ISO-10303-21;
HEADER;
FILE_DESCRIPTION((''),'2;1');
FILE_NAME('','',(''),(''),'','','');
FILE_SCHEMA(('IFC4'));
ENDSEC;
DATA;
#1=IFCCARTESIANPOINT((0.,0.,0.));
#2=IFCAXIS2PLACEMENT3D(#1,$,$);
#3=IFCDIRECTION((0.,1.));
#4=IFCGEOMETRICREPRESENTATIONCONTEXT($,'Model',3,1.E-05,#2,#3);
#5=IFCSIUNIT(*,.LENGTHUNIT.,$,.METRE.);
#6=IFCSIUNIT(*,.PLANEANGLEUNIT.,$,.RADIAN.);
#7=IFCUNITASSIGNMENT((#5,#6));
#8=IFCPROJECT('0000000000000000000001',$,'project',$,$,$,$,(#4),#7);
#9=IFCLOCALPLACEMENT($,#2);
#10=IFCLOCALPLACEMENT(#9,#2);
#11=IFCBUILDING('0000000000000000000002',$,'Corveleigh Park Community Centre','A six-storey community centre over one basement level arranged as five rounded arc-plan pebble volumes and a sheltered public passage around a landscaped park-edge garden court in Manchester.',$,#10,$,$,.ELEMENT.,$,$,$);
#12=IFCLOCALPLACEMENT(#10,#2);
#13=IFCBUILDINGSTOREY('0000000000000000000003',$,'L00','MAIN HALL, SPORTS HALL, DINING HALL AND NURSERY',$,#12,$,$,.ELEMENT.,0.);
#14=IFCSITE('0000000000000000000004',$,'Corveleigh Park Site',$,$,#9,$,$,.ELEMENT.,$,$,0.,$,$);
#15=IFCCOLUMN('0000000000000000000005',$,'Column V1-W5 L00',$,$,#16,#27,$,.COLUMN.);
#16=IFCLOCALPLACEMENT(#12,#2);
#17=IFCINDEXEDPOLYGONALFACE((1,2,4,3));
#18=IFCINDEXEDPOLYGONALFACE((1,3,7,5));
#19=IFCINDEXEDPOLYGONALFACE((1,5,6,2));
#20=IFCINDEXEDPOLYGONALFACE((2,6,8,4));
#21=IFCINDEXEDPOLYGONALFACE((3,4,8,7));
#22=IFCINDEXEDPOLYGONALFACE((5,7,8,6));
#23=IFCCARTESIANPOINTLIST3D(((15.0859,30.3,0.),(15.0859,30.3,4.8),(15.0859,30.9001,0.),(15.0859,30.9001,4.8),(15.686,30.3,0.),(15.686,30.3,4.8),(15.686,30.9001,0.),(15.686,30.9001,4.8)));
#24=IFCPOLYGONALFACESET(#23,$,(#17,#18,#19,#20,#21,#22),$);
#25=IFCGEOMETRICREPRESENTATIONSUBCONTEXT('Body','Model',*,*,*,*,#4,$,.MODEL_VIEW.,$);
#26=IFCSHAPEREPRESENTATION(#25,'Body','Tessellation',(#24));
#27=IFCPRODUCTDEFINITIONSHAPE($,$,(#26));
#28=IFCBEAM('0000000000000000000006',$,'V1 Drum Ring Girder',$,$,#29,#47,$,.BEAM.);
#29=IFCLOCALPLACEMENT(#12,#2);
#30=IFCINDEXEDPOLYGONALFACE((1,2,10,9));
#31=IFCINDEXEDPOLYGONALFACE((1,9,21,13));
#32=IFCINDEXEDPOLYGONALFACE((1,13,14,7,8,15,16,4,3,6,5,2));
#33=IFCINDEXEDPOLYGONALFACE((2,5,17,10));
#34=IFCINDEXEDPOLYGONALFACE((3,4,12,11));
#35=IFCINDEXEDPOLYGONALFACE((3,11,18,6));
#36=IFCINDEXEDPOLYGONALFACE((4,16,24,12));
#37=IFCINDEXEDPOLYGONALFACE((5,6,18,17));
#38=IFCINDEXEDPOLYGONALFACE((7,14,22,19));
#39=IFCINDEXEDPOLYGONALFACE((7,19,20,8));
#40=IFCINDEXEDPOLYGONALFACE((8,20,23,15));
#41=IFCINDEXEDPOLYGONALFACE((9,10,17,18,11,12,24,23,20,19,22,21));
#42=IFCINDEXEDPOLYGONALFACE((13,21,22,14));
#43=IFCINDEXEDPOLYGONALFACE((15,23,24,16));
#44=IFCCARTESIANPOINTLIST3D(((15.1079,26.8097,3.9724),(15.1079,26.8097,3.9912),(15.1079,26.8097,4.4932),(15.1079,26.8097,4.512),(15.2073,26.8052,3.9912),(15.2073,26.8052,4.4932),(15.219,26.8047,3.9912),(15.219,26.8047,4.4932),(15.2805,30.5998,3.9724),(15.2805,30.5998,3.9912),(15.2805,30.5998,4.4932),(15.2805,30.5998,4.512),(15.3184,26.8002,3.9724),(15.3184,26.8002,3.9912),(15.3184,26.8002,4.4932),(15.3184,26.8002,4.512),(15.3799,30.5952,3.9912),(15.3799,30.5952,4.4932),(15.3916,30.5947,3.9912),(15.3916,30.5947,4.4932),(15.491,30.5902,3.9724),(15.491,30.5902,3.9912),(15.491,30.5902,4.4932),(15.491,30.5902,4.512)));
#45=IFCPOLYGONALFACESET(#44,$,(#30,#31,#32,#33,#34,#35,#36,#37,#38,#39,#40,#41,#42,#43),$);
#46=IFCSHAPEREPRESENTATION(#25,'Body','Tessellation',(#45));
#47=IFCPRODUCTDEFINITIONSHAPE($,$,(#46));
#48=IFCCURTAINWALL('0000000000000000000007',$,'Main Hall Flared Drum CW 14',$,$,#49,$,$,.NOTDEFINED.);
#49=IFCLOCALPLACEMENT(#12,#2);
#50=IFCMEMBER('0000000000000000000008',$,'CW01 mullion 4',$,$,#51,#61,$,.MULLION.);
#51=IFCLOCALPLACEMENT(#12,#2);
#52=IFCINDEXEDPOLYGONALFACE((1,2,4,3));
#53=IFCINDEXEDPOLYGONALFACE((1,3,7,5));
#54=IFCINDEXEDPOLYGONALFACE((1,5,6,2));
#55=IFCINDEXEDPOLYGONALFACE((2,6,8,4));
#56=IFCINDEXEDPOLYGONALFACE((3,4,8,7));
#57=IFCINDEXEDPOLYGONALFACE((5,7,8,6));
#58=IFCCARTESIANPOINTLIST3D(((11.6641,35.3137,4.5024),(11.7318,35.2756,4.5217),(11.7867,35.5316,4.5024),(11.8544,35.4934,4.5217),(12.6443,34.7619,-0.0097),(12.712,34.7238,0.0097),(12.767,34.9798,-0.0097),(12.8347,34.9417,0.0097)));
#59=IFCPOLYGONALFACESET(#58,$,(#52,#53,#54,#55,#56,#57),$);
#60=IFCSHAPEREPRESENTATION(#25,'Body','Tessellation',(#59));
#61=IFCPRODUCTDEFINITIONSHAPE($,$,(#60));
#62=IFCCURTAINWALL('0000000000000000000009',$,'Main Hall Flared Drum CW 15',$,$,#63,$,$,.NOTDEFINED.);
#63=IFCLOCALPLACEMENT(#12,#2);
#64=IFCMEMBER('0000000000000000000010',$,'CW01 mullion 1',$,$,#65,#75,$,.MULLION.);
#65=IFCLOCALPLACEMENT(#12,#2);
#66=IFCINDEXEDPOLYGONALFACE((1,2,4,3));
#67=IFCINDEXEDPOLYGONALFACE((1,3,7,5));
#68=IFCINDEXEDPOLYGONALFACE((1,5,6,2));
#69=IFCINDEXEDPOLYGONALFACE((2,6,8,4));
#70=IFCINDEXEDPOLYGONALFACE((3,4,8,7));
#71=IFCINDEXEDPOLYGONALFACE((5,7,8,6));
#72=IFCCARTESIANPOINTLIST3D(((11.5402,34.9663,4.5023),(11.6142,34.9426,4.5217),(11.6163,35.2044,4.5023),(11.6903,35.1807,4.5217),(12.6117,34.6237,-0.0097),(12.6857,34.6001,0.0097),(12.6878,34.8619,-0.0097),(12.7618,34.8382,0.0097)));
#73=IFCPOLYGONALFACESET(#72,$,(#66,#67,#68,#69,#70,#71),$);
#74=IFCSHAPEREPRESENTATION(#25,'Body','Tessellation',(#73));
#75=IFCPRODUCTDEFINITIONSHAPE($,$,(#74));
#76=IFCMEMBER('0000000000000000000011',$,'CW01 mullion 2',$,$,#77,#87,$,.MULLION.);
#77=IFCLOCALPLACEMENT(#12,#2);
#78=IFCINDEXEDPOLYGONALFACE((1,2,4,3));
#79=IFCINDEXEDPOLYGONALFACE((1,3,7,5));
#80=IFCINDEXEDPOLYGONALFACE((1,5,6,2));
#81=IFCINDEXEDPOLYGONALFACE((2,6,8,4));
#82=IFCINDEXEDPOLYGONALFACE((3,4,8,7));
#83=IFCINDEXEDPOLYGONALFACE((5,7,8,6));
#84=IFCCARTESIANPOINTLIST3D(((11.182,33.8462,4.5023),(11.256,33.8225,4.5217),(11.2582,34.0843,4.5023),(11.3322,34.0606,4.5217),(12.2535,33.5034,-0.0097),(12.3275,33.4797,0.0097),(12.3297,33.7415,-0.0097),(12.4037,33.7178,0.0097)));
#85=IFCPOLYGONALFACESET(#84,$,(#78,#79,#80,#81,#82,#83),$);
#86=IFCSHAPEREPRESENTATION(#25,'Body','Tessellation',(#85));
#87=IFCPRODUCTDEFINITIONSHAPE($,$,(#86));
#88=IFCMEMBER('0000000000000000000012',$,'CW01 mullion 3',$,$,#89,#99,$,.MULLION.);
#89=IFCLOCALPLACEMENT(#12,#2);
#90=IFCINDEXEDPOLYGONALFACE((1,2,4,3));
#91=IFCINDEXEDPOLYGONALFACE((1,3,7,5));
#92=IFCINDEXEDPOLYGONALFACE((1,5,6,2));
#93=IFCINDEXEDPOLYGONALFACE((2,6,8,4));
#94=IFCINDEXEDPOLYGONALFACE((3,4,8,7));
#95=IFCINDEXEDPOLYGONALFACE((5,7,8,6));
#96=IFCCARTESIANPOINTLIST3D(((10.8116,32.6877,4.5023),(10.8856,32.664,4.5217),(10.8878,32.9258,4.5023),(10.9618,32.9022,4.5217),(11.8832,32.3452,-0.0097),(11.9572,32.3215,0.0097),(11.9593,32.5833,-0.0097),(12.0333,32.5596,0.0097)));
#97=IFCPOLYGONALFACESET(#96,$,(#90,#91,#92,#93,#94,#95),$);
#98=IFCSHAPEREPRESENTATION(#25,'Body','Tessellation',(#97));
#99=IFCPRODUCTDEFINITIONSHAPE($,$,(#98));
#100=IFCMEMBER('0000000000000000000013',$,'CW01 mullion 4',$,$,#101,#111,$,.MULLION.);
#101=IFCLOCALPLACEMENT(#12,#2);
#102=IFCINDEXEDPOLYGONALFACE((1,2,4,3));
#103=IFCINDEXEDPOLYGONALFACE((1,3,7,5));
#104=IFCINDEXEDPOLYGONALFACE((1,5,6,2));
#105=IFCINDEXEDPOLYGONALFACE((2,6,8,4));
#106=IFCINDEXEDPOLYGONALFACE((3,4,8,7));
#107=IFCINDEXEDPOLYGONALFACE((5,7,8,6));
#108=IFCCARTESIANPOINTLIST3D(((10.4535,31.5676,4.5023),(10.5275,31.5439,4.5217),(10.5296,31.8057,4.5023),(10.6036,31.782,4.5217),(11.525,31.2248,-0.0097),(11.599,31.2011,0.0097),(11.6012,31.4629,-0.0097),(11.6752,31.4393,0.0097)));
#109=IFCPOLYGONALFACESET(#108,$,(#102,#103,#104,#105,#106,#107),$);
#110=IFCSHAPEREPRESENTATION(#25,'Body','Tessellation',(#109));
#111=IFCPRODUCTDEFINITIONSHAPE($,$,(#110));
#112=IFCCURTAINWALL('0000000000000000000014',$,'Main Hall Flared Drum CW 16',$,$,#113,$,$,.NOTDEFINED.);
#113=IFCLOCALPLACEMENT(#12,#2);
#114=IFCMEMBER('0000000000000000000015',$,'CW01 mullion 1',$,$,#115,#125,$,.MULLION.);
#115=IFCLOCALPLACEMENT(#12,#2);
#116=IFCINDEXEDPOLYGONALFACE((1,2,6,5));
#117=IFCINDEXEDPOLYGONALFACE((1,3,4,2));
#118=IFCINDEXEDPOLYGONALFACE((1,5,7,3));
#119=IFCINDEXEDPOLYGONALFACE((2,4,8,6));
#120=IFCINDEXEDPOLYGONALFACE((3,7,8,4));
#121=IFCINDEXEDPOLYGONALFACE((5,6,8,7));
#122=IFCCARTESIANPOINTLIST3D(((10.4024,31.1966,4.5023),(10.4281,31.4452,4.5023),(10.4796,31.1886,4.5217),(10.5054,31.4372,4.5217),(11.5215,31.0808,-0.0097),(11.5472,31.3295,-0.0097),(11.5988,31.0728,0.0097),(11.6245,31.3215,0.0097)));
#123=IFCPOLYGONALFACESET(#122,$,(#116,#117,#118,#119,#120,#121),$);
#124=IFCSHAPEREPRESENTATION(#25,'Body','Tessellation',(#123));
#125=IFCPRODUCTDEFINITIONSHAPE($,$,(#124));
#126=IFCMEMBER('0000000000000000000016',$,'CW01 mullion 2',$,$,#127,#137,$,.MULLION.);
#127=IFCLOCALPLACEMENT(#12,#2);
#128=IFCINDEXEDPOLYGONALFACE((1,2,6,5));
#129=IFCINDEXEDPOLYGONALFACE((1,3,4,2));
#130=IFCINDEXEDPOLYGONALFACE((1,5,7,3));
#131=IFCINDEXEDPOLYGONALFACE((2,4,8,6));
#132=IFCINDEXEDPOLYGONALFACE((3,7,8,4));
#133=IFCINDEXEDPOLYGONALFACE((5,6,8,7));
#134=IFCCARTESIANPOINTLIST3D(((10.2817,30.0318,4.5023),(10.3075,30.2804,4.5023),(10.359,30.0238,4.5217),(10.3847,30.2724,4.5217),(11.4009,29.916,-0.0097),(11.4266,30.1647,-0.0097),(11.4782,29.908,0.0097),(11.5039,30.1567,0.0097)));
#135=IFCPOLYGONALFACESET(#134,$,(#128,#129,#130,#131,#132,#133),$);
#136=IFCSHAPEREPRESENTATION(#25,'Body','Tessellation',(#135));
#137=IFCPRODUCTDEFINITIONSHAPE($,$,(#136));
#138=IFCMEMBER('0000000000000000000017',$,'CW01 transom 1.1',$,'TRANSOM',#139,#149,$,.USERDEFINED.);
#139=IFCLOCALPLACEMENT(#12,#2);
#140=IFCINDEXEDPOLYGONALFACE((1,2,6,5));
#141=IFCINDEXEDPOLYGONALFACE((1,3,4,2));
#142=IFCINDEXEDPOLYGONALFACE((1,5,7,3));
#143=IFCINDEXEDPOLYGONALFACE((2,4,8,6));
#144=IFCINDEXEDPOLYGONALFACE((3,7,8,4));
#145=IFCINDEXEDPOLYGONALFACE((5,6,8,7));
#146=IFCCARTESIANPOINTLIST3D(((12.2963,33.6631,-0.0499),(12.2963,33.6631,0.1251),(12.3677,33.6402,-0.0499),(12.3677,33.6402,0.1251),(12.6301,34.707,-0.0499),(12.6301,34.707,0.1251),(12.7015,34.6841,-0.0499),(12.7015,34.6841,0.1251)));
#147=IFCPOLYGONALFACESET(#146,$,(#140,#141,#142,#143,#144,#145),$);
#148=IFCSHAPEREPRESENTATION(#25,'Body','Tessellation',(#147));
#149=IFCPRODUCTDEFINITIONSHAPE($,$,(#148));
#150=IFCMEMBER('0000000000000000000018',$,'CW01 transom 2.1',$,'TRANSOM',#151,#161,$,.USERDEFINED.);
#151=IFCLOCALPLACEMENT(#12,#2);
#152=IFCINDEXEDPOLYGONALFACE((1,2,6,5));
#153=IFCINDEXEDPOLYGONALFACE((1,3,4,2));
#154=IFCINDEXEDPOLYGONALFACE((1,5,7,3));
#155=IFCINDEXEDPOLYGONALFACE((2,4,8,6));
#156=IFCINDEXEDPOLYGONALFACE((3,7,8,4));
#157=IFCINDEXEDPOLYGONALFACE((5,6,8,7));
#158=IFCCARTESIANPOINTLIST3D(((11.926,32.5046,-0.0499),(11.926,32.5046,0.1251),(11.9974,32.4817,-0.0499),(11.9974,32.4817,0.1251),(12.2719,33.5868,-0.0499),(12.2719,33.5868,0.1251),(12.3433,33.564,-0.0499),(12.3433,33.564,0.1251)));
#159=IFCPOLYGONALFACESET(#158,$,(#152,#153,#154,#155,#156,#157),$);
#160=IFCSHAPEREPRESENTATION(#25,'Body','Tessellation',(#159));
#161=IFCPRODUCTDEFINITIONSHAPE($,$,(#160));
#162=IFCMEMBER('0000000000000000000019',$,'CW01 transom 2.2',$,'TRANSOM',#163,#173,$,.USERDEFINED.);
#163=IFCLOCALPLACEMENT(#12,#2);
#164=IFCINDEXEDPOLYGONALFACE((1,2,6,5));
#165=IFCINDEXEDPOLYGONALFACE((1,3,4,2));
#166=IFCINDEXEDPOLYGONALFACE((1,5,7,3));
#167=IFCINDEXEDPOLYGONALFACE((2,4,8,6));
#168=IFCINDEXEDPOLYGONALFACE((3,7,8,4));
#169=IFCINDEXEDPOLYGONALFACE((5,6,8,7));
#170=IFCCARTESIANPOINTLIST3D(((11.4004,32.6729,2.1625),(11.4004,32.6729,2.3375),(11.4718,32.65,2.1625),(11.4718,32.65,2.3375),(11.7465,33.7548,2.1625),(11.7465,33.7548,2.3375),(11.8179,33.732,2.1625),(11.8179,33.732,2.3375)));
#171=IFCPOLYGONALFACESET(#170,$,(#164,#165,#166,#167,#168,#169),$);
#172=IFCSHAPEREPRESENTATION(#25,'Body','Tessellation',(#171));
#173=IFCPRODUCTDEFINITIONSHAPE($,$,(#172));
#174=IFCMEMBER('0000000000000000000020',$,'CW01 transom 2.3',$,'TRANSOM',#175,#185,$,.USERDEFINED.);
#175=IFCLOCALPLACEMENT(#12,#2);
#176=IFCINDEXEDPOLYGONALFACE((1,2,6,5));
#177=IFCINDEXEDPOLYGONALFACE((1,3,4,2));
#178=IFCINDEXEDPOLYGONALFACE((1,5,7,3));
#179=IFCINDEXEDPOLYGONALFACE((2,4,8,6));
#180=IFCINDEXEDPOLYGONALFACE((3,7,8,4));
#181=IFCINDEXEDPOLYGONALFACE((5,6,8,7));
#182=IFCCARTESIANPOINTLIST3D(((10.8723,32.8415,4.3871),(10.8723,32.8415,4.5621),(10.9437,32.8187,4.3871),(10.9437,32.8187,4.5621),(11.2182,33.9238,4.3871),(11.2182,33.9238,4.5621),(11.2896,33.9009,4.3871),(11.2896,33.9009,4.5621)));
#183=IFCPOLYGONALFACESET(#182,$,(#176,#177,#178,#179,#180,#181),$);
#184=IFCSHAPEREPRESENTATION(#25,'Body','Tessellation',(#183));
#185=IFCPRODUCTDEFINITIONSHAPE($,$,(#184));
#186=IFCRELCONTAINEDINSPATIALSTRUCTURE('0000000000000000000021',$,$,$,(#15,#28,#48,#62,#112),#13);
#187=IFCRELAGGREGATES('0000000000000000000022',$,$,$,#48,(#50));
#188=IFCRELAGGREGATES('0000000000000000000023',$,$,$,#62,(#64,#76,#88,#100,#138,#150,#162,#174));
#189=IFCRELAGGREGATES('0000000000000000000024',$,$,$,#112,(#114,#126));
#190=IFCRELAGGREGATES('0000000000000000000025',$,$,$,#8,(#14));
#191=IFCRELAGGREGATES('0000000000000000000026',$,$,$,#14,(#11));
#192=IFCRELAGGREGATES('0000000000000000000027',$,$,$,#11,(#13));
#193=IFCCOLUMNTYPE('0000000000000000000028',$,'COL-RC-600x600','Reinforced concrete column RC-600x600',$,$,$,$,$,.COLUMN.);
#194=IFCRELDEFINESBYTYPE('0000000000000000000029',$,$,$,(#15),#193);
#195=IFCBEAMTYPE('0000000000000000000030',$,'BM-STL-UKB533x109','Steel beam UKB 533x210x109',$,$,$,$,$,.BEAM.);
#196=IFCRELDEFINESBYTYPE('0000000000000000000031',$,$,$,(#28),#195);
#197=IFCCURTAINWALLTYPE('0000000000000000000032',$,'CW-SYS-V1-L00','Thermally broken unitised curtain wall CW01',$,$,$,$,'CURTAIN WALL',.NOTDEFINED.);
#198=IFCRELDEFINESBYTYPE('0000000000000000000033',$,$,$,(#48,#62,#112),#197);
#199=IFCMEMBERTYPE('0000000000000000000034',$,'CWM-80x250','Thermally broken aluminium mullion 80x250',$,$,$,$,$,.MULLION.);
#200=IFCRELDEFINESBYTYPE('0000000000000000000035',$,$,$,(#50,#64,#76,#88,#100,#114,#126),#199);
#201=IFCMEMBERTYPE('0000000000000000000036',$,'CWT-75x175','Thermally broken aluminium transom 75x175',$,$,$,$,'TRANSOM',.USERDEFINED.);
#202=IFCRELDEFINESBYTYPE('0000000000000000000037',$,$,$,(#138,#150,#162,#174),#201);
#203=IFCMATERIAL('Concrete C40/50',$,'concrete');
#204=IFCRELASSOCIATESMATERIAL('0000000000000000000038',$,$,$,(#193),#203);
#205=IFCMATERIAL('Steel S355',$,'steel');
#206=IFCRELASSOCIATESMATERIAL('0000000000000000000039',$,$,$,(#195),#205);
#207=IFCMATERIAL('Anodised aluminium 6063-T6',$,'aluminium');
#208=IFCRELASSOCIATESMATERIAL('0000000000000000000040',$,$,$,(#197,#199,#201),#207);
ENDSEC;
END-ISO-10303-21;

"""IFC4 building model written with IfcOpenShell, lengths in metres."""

from ifc_helpers import new_model, si_unit, direction, frame, origin, origin_2d, place, context, subcontext, project, spatial, rectangle, i_section, extrude, material, material_profile, profile_set, type_object, element, aggregate, save


model = new_model("IFC4")

# Units and contexts
model_context = context("Model", 3, precision=1e-05, world=origin(), true_north=direction((0.0, 1.0)))
body_context = subcontext(model_context, "Body", "Model", "MODEL_VIEW")
ifc_project = project(units=[si_unit("LENGTHUNIT", "METRE"), si_unit("PLANEANGLEUNIT", "RADIAN")], contexts=[model_context])

# Site, building, storey
site_placement = place(None, origin())
site = spatial("IfcSite", under=ifc_project, at=site_placement, Name="Corveleigh Park Site", CompositionType="ELEMENT", RefElevation=0.0)
building_placement = place(site_placement, origin())
building = spatial("IfcBuilding", under=site, at=building_placement, Name="Corveleigh Park Community Centre", Description="A six-storey community centre over one basement level arranged as five rounded arc-plan pebble volumes and a sheltered public passage around a landscaped park-edge garden court in Manchester.", CompositionType="ELEMENT")
storey_placement = place(building_placement, origin())
storey = spatial("IfcBuildingStorey", under=building, at=storey_placement, Name="L00", Description="MAIN HALL, SPORTS HALL, DINING HALL AND NURSERY", CompositionType="ELEMENT", Elevation=0.0)

# Column
ifc_material_1 = material(Name="Concrete C40/50", Category="concrete")
ifc_material_profile_1 = material_profile(ifc_material_1, rectangle(XDim=0.6001, YDim=0.6001, at=origin_2d()), Name="RC-600x600", Category="concrete")
ifc_profile_set_1 = profile_set([ifc_material_profile_1], Name="Concrete C40/50")
column_type = type_object("IfcColumnType", Name="COL-RC-600x600", Description="Reinforced concrete column RC-600x600", PredefinedType="COLUMN", material=ifc_profile_set_1)
column_placement = place(storey_placement, frame((15.386, 30.6001, 0.0), z_axis=(0.0, 0.0, 1.0), x_axis=(1.0, 0.0, 0.0)))
element("IfcColumn", 1, at=column_placement, inside=storey, type_object=column_type, Name="Column V1-W5 L00", PredefinedType="COLUMN", context=body_context, shape_type="SweptSolid", body=[
    extrude(rectangle(XDim=0.6001, YDim=0.6001, at=origin_2d()), origin(), (0.0, 0.0, 1.0), 4.8),
])

# Beam
ifc_material_2 = material(Name="Steel S355", Category="steel")
ifc_material_profile_2 = material_profile(ifc_material_2, i_section(OverallWidth=0.2107, OverallDepth=0.5396, WebThickness=0.0117, FlangeThickness=0.0188, at=origin_2d()), Name="UKB 533x210x109", Category="steel")
ifc_profile_set_2 = profile_set([ifc_material_profile_2], Name="Steel S355")
beam_type = type_object("IfcBeamType", Name="BM-STL-UKB533x109", Description="Steel beam UKB 533x210x109", PredefinedType="BEAM", material=ifc_profile_set_2)
beam_placement = place(storey_placement, frame((15.3857, 30.595, 4.2422), z_axis=(-0.045495, -0.998965, 0.0), x_axis=(0.998965, -0.045495, 0.0)))
element("IfcBeam", 2, at=beam_placement, inside=storey, type_object=beam_type, Name="V1 Drum Ring Girder", PredefinedType="BEAM", context=body_context, shape_type="SweptSolid", body=[
    extrude(i_section(OverallWidth=0.2107, OverallDepth=0.5396, WebThickness=0.0117, FlangeThickness=0.0188, at=origin_2d()), origin(), (0.0, 0.0, 1.0), 3.7939),
])

# Curtain wall, member
ifc_material_3 = material(Name="Anodised aluminium 6063-T6", Category="aluminium")
curtain_wall_type = type_object("IfcCurtainWallType", Name="CW-SYS-V1-L00", Description="Thermally broken unitised curtain wall CW01", ElementType="CURTAIN WALL", PredefinedType="NOTDEFINED", material=ifc_material_3)
curtain_wall_1_placement = place(storey_placement, origin())
curtain_wall_1 = element("IfcCurtainWall", 3, at=curtain_wall_1_placement, inside=storey, type_object=curtain_wall_type, Name="Main Hall Flared Drum CW 14", PredefinedType="NOTDEFINED")
ifc_material_profile_3 = material_profile(ifc_material_3, rectangle(XDim=0.0801, YDim=0.25, at=origin_2d()), Name="ALU-M80x250", Category="aluminium")
ifc_profile_set_3 = profile_set([ifc_material_profile_3], Name="Anodised aluminium 6063-T6")
member_type_1 = type_object("IfcMemberType", Name="CWM-80x250", Description="Thermally broken aluminium mullion 80x250", PredefinedType="MULLION", material=ifc_profile_set_3)
member_1_placement = place(storey_placement, frame((12.7395, 34.8518, 0.0), z_axis=(-0.210798, 0.118656, 0.970301), x_axis=(0.84555, -0.475951, 0.241899)))
member_1 = element("IfcMember", 4, at=member_1_placement, type_object=member_type_1, Name="CW01 mullion 4", PredefinedType="MULLION", context=body_context, shape_type="SweptSolid", body=[
    extrude(rectangle(XDim=0.0801, YDim=0.25, at=origin_2d()), origin(), (0.0, 0.0, 1.0), 4.6501),
])
aggregate(curtain_wall_1, [member_1])

# Curtain walls, members
curtain_wall_2_placement = place(storey_placement, origin())
curtain_wall_2 = element("IfcCurtainWall", 5, at=curtain_wall_2_placement, inside=storey, type_object=curtain_wall_type, Name="Main Hall Flared Drum CW 15", PredefinedType="NOTDEFINED")
member_2_placement = place(storey_placement, frame((12.6868, 34.731, 0.0), z_axis=(-0.230433, 0.073661, 0.970296), x_axis=(0.924224, -0.29544, 0.24192)))
member_2 = element("IfcMember", 6, at=member_2_placement, type_object=member_type_1, Name="CW01 mullion 1", PredefinedType="MULLION", context=body_context, shape_type="SweptSolid", body=[
    extrude(rectangle(XDim=0.0801, YDim=0.25, at=origin_2d()), origin(), (0.0, 0.0, 1.0), 4.6501),
])
member_3_placement = place(storey_placement, frame((12.3286, 33.6106, 0.0), z_axis=(-0.230432, 0.073713, 0.970292), x_axis=(0.924159, -0.29563, 0.241935)))
member_3 = element("IfcMember", 7, at=member_3_placement, type_object=member_type_1, Name="CW01 mullion 2", PredefinedType="MULLION", context=body_context, shape_type="SweptSolid", body=[
    extrude(rectangle(XDim=0.0801, YDim=0.25, at=origin_2d()), origin(), (0.0, 0.0, 1.0), 4.6501),
])
member_4_placement = place(storey_placement, frame((11.9583, 32.4524, 0.0), z_axis=(-0.230433, 0.073661, 0.970296), x_axis=(0.924224, -0.29544, 0.24192)))
member_4 = element("IfcMember", 8, at=member_4_placement, type_object=member_type_1, Name="CW01 mullion 3", PredefinedType="MULLION", context=body_context, shape_type="SweptSolid", body=[
    extrude(rectangle(XDim=0.0801, YDim=0.25, at=origin_2d()), origin(), (0.0, 0.0, 1.0), 4.6501),
])
member_5_placement = place(storey_placement, frame((11.6001, 31.332, 0.0), z_axis=(-0.230432, 0.073713, 0.970292), x_axis=(0.924159, -0.29563, 0.241935)))
member_5 = element("IfcMember", 9, at=member_5_placement, type_object=member_type_1, Name="CW01 mullion 4", PredefinedType="MULLION", context=body_context, shape_type="SweptSolid", body=[
    extrude(rectangle(XDim=0.0801, YDim=0.25, at=origin_2d()), origin(), (0.0, 0.0, 1.0), 4.6501),
])
curtain_wall_3_placement = place(storey_placement, origin())
curtain_wall_3 = element("IfcCurtainWall", 10, at=curtain_wall_3_placement, inside=storey, type_object=curtain_wall_type, Name="Main Hall Flared Drum CW 16", PredefinedType="NOTDEFINED")
member_6_placement = place(storey_placement, frame((11.573, 31.2012, 0.0), z_axis=(-0.240669, 0.024886, 0.970288), x_axis=(0.965142, -0.099799, 0.241952)))
member_6 = element("IfcMember", 11, at=member_6_placement, type_object=member_type_1, Name="CW01 mullion 1", PredefinedType="MULLION", context=body_context, shape_type="SweptSolid", body=[
    extrude(rectangle(XDim=0.0801, YDim=0.25, at=origin_2d()), origin(), (0.0, 0.0, 1.0), 4.6501),
])
member_7_placement = place(storey_placement, frame((11.4524, 30.0364, 0.0), z_axis=(-0.240669, 0.024886, 0.970288), x_axis=(0.965142, -0.099799, 0.241952)))
member_7 = element("IfcMember", 12, at=member_7_placement, type_object=member_type_1, Name="CW01 mullion 2", PredefinedType="MULLION", context=body_context, shape_type="SweptSolid", body=[
    extrude(rectangle(XDim=0.0801, YDim=0.25, at=origin_2d()), origin(), (0.0, 0.0, 1.0), 4.6501),
])

# Members
ifc_material_profile_4 = material_profile(ifc_material_3, rectangle(XDim=0.075, YDim=0.175, at=origin_2d()), Name="ALU-T75x175", Category="aluminium")
ifc_profile_set_4 = profile_set([ifc_material_profile_4], Name="Anodised aluminium 6063-T6")
member_type_2 = type_object("IfcMemberType", Name="CWT-75x175", Description="Thermally broken aluminium transom 75x175", ElementType="TRANSOM", PredefinedType="USERDEFINED", material=ifc_profile_set_4)
member_8_placement = place(storey_placement, frame((12.6658, 34.6956, 0.0376), z_axis=(-0.304509, -0.952509, 0.0), x_axis=(0.952509, -0.304509, 0.0)))
member_8 = element("IfcMember", 13, at=member_8_placement, type_object=member_type_2, Name="CW01 transom 1.1", ObjectType="TRANSOM", PredefinedType="USERDEFINED", context=body_context, shape_type="SweptSolid", body=[
    extrude(rectangle(XDim=0.075, YDim=0.175, at=origin_2d()), origin(), (0.0, 0.0, 1.0), 1.0959),
])
member_9_placement = place(storey_placement, frame((12.3076, 33.5754, 0.0376), z_axis=(-0.304472, -0.952521, 0.0), x_axis=(0.952521, -0.304472, 0.0)))
member_9 = element("IfcMember", 14, at=member_9_placement, type_object=member_type_2, Name="CW01 transom 2.1", ObjectType="TRANSOM", PredefinedType="USERDEFINED", context=body_context, shape_type="SweptSolid", body=[
    extrude(rectangle(XDim=0.075, YDim=0.175, at=origin_2d()), origin(), (0.0, 0.0, 1.0), 1.1362),
])
member_10_placement = place(storey_placement, frame((11.7822, 33.7434, 2.25), z_axis=(-0.304729, -0.952439, 0.0), x_axis=(0.952439, -0.304729, 0.0)))
member_10 = element("IfcMember", 15, at=member_10_placement, type_object=member_type_2, Name="CW01 transom 2.2", ObjectType="TRANSOM", PredefinedType="USERDEFINED", context=body_context, shape_type="SweptSolid", body=[
    extrude(rectangle(XDim=0.075, YDim=0.175, at=origin_2d()), origin(), (0.0, 0.0, 1.0), 1.136),
])
member_11_placement = place(storey_placement, frame((11.2539, 33.9124, 4.4746), z_axis=(-0.304472, -0.952521, 0.0), x_axis=(0.952521, -0.304472, 0.0)))
member_11 = element("IfcMember", 16, at=member_11_placement, type_object=member_type_2, Name="CW01 transom 2.3", ObjectType="TRANSOM", PredefinedType="USERDEFINED", context=body_context, shape_type="SweptSolid", body=[
    extrude(rectangle(XDim=0.075, YDim=0.175, at=origin_2d()), origin(), (0.0, 0.0, 1.0), 1.1362),
])

aggregate(curtain_wall_2, [member_2, member_3, member_4, member_5, member_8, member_9, member_10, member_11])
aggregate(curtain_wall_3, [member_6, member_7])

save(model, "model.ifc")
